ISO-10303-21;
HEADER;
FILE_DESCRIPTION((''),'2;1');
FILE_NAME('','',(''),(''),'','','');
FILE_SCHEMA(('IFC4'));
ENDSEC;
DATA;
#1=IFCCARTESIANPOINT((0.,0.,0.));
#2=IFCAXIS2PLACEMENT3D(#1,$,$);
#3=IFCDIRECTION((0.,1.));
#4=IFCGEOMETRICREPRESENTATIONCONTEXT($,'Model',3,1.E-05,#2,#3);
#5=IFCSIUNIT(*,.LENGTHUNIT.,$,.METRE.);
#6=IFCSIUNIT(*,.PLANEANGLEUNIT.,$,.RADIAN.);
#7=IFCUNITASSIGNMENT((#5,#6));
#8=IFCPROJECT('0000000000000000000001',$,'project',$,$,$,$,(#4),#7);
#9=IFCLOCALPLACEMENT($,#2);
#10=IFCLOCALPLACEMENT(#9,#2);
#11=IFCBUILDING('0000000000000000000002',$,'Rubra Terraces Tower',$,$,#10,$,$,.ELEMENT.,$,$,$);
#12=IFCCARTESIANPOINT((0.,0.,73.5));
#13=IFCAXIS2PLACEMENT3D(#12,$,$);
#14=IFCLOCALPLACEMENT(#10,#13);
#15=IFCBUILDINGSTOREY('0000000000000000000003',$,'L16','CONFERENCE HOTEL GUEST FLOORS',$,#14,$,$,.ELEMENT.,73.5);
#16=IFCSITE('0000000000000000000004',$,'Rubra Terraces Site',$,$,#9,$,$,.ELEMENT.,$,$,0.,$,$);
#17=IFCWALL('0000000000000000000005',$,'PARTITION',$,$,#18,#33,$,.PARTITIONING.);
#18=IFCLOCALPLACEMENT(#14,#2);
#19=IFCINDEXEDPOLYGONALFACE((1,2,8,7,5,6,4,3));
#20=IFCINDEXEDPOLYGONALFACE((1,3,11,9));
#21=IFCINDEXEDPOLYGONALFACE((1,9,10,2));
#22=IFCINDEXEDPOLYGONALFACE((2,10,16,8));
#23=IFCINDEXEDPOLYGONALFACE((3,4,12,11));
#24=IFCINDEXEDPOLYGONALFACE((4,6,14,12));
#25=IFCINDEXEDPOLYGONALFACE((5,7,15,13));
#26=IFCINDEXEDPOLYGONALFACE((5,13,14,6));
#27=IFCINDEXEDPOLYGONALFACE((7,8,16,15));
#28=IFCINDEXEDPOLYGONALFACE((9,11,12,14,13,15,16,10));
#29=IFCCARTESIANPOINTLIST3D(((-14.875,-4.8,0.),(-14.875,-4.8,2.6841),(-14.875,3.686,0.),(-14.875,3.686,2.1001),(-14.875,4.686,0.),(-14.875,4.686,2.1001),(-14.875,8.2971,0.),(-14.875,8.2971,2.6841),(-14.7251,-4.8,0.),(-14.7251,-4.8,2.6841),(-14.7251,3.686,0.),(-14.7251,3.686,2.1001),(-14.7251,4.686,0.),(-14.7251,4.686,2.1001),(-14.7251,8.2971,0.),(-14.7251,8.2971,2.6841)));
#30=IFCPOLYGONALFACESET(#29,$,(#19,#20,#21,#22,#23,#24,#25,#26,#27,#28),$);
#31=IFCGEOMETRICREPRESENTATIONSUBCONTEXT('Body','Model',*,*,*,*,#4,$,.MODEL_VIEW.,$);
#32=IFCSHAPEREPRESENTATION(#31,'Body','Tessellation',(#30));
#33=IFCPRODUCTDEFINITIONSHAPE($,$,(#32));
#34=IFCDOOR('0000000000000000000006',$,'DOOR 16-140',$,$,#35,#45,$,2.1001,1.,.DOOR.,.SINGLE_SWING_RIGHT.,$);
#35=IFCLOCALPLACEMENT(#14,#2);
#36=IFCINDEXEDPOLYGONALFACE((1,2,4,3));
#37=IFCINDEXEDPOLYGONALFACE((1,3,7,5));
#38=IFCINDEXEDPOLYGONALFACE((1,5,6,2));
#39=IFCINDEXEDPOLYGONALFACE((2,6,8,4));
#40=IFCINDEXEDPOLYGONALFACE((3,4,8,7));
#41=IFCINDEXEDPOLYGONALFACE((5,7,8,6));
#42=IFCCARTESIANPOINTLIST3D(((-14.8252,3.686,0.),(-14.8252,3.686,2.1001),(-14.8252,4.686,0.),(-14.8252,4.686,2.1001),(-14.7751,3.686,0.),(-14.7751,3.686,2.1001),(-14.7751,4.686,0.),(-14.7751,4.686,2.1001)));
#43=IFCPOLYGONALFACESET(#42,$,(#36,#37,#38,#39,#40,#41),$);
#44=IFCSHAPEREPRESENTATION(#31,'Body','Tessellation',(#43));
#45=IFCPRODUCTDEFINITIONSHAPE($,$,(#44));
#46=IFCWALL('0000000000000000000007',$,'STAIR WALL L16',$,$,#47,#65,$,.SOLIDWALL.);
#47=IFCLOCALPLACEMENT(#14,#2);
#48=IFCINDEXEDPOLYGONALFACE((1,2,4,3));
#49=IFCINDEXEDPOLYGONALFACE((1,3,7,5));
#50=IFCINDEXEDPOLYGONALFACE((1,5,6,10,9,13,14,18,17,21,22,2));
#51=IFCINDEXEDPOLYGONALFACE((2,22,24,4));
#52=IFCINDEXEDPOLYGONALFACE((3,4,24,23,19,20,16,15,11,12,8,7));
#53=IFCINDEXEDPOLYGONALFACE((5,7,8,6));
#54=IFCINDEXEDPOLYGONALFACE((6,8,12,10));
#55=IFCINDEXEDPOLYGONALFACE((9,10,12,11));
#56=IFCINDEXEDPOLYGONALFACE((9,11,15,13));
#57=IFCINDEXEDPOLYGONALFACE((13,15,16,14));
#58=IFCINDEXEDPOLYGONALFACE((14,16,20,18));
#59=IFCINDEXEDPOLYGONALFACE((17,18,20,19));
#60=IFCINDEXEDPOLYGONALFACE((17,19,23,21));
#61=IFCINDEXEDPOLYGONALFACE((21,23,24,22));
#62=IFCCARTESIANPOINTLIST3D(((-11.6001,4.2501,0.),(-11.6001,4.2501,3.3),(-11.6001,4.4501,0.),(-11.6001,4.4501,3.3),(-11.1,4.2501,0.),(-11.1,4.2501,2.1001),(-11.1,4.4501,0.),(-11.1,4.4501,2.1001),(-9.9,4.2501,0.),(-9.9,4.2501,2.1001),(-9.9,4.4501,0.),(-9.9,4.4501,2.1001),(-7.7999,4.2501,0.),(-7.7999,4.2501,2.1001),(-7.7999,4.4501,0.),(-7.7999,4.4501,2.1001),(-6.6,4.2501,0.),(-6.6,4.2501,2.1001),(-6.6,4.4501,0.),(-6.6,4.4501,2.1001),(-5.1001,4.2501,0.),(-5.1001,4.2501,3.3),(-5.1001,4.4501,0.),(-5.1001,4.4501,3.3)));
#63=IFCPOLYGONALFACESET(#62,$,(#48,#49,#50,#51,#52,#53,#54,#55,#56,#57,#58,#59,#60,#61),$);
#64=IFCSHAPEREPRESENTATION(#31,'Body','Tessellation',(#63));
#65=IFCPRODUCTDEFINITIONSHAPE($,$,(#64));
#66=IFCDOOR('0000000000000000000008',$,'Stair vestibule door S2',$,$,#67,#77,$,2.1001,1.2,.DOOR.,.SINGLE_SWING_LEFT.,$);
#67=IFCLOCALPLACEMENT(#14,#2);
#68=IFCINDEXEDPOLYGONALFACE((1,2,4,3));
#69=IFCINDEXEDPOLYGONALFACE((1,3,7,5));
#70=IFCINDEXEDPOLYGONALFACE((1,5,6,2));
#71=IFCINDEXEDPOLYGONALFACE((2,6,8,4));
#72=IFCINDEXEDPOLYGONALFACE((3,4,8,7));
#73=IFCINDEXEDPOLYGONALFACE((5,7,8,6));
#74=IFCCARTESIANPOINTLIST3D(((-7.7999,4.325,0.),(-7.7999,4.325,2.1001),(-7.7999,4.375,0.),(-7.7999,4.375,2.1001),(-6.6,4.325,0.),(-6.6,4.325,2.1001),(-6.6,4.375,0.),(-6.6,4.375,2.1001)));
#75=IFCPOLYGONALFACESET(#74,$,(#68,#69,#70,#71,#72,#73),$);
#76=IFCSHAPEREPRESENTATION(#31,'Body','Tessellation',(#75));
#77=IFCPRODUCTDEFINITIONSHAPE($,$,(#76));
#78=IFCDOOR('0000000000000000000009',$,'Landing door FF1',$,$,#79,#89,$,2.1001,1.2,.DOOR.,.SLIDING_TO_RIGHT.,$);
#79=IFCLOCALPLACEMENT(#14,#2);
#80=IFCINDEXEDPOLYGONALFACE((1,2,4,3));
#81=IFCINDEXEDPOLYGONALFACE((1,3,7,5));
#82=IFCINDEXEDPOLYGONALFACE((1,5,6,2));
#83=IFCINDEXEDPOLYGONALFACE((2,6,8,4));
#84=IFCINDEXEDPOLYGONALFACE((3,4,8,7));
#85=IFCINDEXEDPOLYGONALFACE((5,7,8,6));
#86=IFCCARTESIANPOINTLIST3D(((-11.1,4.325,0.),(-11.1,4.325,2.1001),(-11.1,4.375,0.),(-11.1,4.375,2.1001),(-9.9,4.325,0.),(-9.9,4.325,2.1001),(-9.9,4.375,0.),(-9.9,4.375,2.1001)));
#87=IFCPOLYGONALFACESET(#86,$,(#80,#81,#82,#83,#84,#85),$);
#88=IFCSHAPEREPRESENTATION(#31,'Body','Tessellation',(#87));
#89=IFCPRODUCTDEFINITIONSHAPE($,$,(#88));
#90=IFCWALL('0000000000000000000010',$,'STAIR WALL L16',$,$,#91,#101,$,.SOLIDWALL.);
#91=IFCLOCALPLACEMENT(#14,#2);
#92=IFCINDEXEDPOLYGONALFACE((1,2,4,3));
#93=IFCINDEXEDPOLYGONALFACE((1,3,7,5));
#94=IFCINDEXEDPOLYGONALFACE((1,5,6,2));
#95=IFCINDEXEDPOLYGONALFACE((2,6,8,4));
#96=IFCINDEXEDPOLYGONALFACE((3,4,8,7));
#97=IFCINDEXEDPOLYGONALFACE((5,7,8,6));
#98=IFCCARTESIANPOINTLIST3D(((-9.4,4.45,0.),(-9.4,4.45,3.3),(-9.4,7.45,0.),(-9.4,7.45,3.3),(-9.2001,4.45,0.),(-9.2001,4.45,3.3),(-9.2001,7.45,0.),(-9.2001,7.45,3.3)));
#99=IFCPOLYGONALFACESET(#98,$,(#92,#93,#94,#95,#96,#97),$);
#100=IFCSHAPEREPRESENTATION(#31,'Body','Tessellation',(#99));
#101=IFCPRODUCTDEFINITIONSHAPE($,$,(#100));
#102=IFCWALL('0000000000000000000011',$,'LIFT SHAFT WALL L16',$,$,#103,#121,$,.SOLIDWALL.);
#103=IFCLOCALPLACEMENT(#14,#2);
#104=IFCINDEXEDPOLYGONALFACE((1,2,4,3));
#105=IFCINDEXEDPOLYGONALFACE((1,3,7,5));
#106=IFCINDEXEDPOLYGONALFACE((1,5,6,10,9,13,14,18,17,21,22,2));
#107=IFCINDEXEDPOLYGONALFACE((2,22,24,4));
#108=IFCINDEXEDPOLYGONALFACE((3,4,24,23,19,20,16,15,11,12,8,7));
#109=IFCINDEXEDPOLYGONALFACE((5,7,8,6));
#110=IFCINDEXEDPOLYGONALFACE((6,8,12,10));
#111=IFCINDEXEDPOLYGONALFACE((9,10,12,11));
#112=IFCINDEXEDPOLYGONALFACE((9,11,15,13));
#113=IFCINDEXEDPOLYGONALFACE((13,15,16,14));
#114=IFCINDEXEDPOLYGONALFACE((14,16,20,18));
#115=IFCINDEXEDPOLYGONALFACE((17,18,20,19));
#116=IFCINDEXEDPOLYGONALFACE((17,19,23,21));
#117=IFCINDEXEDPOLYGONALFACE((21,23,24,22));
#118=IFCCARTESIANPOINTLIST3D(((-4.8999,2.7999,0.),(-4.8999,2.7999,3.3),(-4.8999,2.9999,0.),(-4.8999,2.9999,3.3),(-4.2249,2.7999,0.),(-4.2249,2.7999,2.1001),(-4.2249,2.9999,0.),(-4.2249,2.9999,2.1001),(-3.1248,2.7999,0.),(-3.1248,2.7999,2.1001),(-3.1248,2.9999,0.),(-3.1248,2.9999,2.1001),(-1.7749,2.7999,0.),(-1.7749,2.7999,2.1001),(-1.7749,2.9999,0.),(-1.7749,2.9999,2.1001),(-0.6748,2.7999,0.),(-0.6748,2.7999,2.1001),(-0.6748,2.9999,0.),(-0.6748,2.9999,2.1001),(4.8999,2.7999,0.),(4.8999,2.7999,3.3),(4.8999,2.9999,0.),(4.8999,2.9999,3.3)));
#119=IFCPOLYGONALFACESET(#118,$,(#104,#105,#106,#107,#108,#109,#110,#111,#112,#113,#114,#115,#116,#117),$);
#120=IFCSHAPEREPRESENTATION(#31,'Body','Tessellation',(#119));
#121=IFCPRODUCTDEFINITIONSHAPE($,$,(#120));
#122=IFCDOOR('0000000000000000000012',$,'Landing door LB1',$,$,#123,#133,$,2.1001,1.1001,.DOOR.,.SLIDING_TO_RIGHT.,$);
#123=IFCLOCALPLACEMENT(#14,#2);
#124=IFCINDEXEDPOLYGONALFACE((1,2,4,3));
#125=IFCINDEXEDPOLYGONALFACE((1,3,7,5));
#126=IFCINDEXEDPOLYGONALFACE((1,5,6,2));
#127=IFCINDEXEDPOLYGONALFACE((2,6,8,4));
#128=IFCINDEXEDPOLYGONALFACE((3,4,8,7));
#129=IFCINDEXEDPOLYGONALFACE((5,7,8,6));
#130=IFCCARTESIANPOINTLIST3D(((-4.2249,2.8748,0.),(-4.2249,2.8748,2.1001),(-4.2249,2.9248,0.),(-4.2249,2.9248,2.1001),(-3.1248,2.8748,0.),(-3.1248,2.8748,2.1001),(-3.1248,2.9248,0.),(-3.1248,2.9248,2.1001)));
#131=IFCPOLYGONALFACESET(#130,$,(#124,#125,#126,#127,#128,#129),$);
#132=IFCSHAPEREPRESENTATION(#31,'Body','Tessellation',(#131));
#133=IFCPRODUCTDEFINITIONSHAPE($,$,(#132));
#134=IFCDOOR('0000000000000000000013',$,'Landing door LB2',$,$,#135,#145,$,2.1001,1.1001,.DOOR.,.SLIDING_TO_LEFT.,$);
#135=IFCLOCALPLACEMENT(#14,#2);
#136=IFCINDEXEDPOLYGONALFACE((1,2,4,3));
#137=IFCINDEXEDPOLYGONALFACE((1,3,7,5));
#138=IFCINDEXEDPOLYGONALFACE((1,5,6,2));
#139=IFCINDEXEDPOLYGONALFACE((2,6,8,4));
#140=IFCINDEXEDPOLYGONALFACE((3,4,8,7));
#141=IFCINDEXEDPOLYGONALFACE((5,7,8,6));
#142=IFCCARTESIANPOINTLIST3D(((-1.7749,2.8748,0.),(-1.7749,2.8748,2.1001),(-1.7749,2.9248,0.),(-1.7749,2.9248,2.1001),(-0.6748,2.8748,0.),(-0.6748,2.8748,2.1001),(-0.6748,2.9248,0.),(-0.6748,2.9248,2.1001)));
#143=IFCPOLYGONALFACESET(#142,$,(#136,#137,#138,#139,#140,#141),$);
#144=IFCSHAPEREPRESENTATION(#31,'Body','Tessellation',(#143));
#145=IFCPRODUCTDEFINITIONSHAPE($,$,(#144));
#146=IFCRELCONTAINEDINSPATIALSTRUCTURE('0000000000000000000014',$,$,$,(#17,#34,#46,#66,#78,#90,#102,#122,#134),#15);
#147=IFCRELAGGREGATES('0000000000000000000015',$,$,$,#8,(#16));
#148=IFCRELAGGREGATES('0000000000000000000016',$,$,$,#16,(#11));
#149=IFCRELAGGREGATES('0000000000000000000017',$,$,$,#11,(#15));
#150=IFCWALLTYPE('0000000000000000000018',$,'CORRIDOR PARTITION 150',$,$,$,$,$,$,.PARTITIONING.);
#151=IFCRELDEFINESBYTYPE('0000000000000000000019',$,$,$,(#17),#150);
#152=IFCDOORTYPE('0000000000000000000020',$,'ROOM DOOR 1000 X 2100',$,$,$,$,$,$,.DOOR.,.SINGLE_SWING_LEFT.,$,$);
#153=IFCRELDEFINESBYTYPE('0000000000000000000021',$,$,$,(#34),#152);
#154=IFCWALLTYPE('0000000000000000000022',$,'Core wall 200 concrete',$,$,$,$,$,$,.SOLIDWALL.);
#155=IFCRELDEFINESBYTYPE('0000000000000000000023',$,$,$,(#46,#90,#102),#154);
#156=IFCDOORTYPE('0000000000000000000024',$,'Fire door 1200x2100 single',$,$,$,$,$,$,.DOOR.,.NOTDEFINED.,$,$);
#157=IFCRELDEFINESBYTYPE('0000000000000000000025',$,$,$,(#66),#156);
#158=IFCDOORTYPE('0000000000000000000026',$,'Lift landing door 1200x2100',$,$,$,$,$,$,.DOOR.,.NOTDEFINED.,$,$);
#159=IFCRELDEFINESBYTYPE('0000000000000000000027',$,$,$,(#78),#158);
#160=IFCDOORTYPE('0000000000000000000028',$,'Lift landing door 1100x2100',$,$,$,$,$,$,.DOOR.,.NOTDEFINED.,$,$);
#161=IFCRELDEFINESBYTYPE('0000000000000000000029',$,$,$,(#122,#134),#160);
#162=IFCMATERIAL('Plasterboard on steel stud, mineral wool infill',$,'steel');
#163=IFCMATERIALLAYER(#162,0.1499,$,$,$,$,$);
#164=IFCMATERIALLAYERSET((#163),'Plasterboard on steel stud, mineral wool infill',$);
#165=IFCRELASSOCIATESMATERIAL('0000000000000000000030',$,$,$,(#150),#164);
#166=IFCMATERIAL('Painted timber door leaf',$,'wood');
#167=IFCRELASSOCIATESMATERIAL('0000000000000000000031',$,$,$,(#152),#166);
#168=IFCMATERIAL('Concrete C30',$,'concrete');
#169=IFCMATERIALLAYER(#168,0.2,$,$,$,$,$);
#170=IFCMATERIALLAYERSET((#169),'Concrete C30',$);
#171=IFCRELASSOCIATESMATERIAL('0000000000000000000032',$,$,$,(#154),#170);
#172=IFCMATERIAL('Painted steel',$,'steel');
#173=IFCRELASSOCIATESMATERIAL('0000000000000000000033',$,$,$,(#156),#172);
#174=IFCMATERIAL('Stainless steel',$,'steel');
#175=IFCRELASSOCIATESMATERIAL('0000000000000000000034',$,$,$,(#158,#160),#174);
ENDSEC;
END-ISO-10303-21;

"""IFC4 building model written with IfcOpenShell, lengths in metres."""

from ifc_helpers import new_model, si_unit, direction, frame, frame_2d, origin, place, context, subcontext, project, spatial, rectangle, extrude, material, layer, layer_set, type_object, element, fill, save


model = new_model("IFC4")

# Units and contexts
model_context = context("Model", 3, precision=1e-05, world=origin(), true_north=direction((0.0, 1.0)))
body_context = subcontext(model_context, "Body", "Model", "MODEL_VIEW")
ifc_project = project(units=[si_unit("LENGTHUNIT", "METRE"), si_unit("PLANEANGLEUNIT", "RADIAN")], contexts=[model_context])

# Site, building, storey
site_placement = place(None, origin())
site = spatial("IfcSite", under=ifc_project, at=site_placement, Name="Rubra Terraces Site", CompositionType="ELEMENT", RefElevation=0.0)
building_placement = place(site_placement, origin())
building = spatial("IfcBuilding", under=site, at=building_placement, Name="Rubra Terraces Tower", CompositionType="ELEMENT")
storey_placement = place(building_placement, frame((0.0, 0.0, 73.5)))
storey = spatial("IfcBuildingStorey", under=building, at=storey_placement, Name="L16", Description="CONFERENCE HOTEL GUEST FLOORS", CompositionType="ELEMENT", Elevation=73.5)

# Wall, opening, door
ifc_material_1 = material(Name="Plasterboard on steel stud, mineral wool infill", Category="steel")
ifc_layer_1 = layer(ifc_material_1, 0.1499)
ifc_layer_set_1 = layer_set([ifc_layer_1], Name="Plasterboard on steel stud, mineral wool infill")
wall_type_1 = type_object("IfcWallType", Name="CORRIDOR PARTITION 150", PredefinedType="PARTITIONING", material=ifc_layer_set_1)
wall_1_placement = place(storey_placement, frame((-14.8, 8.2971, 0.0), z_axis=(0.0, 0.0, 1.0), x_axis=(0.0, -1.0, 0.0)))
wall_1 = element("IfcWall", 1, at=wall_1_placement, inside=storey, type_object=wall_type_1, Name="PARTITION", PredefinedType="PARTITIONING", context=body_context, shape_type="SweptSolid", body=[
    extrude(rectangle(XDim=13.0972, YDim=0.1499, at=frame_2d((6.5486, 0.0))), origin(), (0.0, 0.0, 1.0), 2.6841),
])
opening_1_placement = place(wall_1_placement, frame((3.6111, 0.0, 0.0)))
opening_1 = element("IfcOpeningElement", 2, at=opening_1_placement, cuts=wall_1, PredefinedType="OPENING", context=body_context, shape_type="SweptSolid", body=[
    extrude(rectangle(XDim=1.0, YDim=2.1001, at=frame_2d((0.5, 1.05))), frame((0.0, 0.085, 0.0), z_axis=(0.0, -1.0, 0.0), x_axis=(1.0, 0.0, 0.0)), (0.0, 0.0, 1.0), 0.1699),
])
ifc_material_2 = material(Name="Painted timber door leaf", Category="wood")
door_type_1 = type_object("IfcDoorType", Name="ROOM DOOR 1000 X 2100", OperationType="SINGLE_SWING_LEFT", PredefinedType="DOOR", material=ifc_material_2)
door_1_placement = place(opening_1_placement, origin())
door_1 = element("IfcDoor", 3, at=door_1_placement, inside=storey, type_object=door_type_1, Name="DOOR 16-140", OperationType="SINGLE_SWING_RIGHT", OverallHeight=2.1001, OverallWidth=1.0, PredefinedType="DOOR", context=body_context, shape_type="SweptSolid", body=[
    extrude(rectangle(XDim=1.0, YDim=2.1001, at=frame_2d((0.5, 1.05))), frame((0.0, 0.0249, 0.0), z_axis=(0.0, -1.0, 0.0), x_axis=(1.0, 0.0, 0.0)), (0.0, 0.0, 1.0), 0.05),
])
fill(opening_1, door_1)

# Wall, openings, doors
ifc_material_3 = material(Name="Concrete C30", Category="concrete")
ifc_layer_2 = layer(ifc_material_3, 0.2)
ifc_layer_set_2 = layer_set([ifc_layer_2], Name="Concrete C30")
wall_type_2 = type_object("IfcWallType", Name="Core wall 200 concrete", PredefinedType="SOLIDWALL", material=ifc_layer_set_2)
wall_2_placement = place(storey_placement, frame((-11.6001, 4.3501, 0.0), z_axis=(0.0, 0.0, 1.0), x_axis=(1.0, 0.0, 0.0)))
wall_2 = element("IfcWall", 4, at=wall_2_placement, inside=storey, type_object=wall_type_2, Name="STAIR WALL L16", PredefinedType="SOLIDWALL", context=body_context, shape_type="SweptSolid", body=[
    extrude(rectangle(XDim=6.5, YDim=0.2, at=frame_2d((3.25, 0.0))), origin(), (0.0, 0.0, 1.0), 3.3),
])
opening_2_placement = place(wall_2_placement, frame((3.8, 0.0, 0.0)))
opening_2 = element("IfcOpeningElement", 5, at=opening_2_placement, cuts=wall_2, PredefinedType="OPENING", context=body_context, shape_type="SweptSolid", body=[
    extrude(rectangle(XDim=1.2, YDim=2.1001, at=frame_2d((0.6001, 1.05))), frame((0.0, 0.1099, 0.0), z_axis=(0.0, -1.0, 0.0), x_axis=(1.0, 0.0, 0.0)), (0.0, 0.0, 1.0), 0.22),
])
opening_3_placement = place(wall_2_placement, frame((0.5, 0.0, 0.0)))
opening_3 = element("IfcOpeningElement", 6, at=opening_3_placement, cuts=wall_2, PredefinedType="OPENING", context=body_context, shape_type="SweptSolid", body=[
    extrude(rectangle(XDim=1.2, YDim=2.1001, at=frame_2d((0.6001, 1.05))), frame((0.0, 0.1099, 0.0), z_axis=(0.0, -1.0, 0.0), x_axis=(1.0, 0.0, 0.0)), (0.0, 0.0, 1.0), 0.22),
])
ifc_material_4 = material(Name="Painted steel", Category="steel")
door_type_2 = type_object("IfcDoorType", Name="Fire door 1200x2100 single", OperationType="NOTDEFINED", PredefinedType="DOOR", material=ifc_material_4)
door_2_placement = place(opening_2_placement, origin())
door_2 = element("IfcDoor", 7, at=door_2_placement, inside=storey, type_object=door_type_2, Name="Stair vestibule door S2", OperationType="SINGLE_SWING_LEFT", OverallHeight=2.1001, OverallWidth=1.2, PredefinedType="DOOR", context=body_context, shape_type="SweptSolid", body=[
    extrude(rectangle(XDim=1.2, YDim=2.1001, at=frame_2d((0.6001, 1.05))), frame((0.0, 0.0249, 0.0), z_axis=(0.0, -1.0, 0.0), x_axis=(1.0, 0.0, 0.0)), (0.0, 0.0, 1.0), 0.05),
])
fill(opening_2, door_2)
ifc_material_5 = material(Name="Stainless steel", Category="steel")
door_type_3 = type_object("IfcDoorType", Name="Lift landing door 1200x2100", OperationType="NOTDEFINED", PredefinedType="DOOR", material=ifc_material_5)
door_3_placement = place(opening_3_placement, origin())
door_3 = element("IfcDoor", 8, at=door_3_placement, inside=storey, type_object=door_type_3, Name="Landing door FF1", OperationType="SLIDING_TO_RIGHT", OverallHeight=2.1001, OverallWidth=1.2, PredefinedType="DOOR", context=body_context, shape_type="SweptSolid", body=[
    extrude(rectangle(XDim=1.2, YDim=2.1001, at=frame_2d((0.6001, 1.05))), frame((0.0, 0.0249, 0.0), z_axis=(0.0, -1.0, 0.0), x_axis=(1.0, 0.0, 0.0)), (0.0, 0.0, 1.0), 0.05),
])
fill(opening_3, door_3)

# Wall
wall_3_placement = place(storey_placement, frame((-9.3, 4.45, 0.0), z_axis=(0.0, 0.0, 1.0), x_axis=(0.0, 1.0, 0.0)))
element("IfcWall", 9, at=wall_3_placement, inside=storey, type_object=wall_type_2, Name="STAIR WALL L16", PredefinedType="SOLIDWALL", context=body_context, shape_type="SweptSolid", body=[
    extrude(rectangle(XDim=3.0, YDim=0.2, at=frame_2d((1.5, 0.0))), origin(), (0.0, 0.0, 1.0), 3.3),
])

# Wall, openings, doors
wall_4_placement = place(storey_placement, frame((-4.8999, 2.8999, 0.0), z_axis=(0.0, 0.0, 1.0), x_axis=(1.0, 0.0, 0.0)))
wall_4 = element("IfcWall", 10, at=wall_4_placement, inside=storey, type_object=wall_type_2, Name="LIFT SHAFT WALL L16", PredefinedType="SOLIDWALL", context=body_context, shape_type="SweptSolid", body=[
    extrude(rectangle(XDim=9.7998, YDim=0.2, at=frame_2d((4.8999, 0.0))), origin(), (0.0, 0.0, 1.0), 3.3),
])
opening_4_placement = place(wall_4_placement, frame((0.675, 0.0, 0.0)))
opening_4 = element("IfcOpeningElement", 11, at=opening_4_placement, cuts=wall_4, PredefinedType="OPENING", context=body_context, shape_type="SweptSolid", body=[
    extrude(rectangle(XDim=1.1001, YDim=2.1001, at=frame_2d((0.55, 1.05))), frame((0.0, 0.1099, 0.0), z_axis=(0.0, -1.0, 0.0), x_axis=(1.0, 0.0, 0.0)), (0.0, 0.0, 1.0), 0.22),
])
opening_5_placement = place(wall_4_placement, frame((3.125, 0.0, 0.0)))
opening_5 = element("IfcOpeningElement", 12, at=opening_5_placement, cuts=wall_4, PredefinedType="OPENING", context=body_context, shape_type="SweptSolid", body=[
    extrude(rectangle(XDim=1.1001, YDim=2.1001, at=frame_2d((0.55, 1.05))), frame((0.0, 0.1099, 0.0), z_axis=(0.0, -1.0, 0.0), x_axis=(1.0, 0.0, 0.0)), (0.0, 0.0, 1.0), 0.22),
])
door_type_4 = type_object("IfcDoorType", Name="Lift landing door 1100x2100", OperationType="NOTDEFINED", PredefinedType="DOOR", material=ifc_material_5)
door_4_placement = place(opening_4_placement, origin())
door_4 = element("IfcDoor", 13, at=door_4_placement, inside=storey, type_object=door_type_4, Name="Landing door LB1", OperationType="SLIDING_TO_RIGHT", OverallHeight=2.1001, OverallWidth=1.1001, PredefinedType="DOOR", context=body_context, shape_type="SweptSolid", body=[
    extrude(rectangle(XDim=1.1001, YDim=2.1001, at=frame_2d((0.55, 1.05))), frame((0.0, 0.0249, 0.0), z_axis=(0.0, -1.0, 0.0), x_axis=(1.0, 0.0, 0.0)), (0.0, 0.0, 1.0), 0.05),
])
fill(opening_4, door_4)
door_5_placement = place(opening_5_placement, origin())
door_5 = element("IfcDoor", 14, at=door_5_placement, inside=storey, type_object=door_type_4, Name="Landing door LB2", OperationType="SLIDING_TO_LEFT", OverallHeight=2.1001, OverallWidth=1.1001, PredefinedType="DOOR", context=body_context, shape_type="SweptSolid", body=[
    extrude(rectangle(XDim=1.1001, YDim=2.1001, at=frame_2d((0.55, 1.05))), frame((0.0, 0.0249, 0.0), z_axis=(0.0, -1.0, 0.0), x_axis=(1.0, 0.0, 0.0)), (0.0, 0.0, 1.0), 0.05),
])
fill(opening_5, door_5)

save(model, "model.ifc")
